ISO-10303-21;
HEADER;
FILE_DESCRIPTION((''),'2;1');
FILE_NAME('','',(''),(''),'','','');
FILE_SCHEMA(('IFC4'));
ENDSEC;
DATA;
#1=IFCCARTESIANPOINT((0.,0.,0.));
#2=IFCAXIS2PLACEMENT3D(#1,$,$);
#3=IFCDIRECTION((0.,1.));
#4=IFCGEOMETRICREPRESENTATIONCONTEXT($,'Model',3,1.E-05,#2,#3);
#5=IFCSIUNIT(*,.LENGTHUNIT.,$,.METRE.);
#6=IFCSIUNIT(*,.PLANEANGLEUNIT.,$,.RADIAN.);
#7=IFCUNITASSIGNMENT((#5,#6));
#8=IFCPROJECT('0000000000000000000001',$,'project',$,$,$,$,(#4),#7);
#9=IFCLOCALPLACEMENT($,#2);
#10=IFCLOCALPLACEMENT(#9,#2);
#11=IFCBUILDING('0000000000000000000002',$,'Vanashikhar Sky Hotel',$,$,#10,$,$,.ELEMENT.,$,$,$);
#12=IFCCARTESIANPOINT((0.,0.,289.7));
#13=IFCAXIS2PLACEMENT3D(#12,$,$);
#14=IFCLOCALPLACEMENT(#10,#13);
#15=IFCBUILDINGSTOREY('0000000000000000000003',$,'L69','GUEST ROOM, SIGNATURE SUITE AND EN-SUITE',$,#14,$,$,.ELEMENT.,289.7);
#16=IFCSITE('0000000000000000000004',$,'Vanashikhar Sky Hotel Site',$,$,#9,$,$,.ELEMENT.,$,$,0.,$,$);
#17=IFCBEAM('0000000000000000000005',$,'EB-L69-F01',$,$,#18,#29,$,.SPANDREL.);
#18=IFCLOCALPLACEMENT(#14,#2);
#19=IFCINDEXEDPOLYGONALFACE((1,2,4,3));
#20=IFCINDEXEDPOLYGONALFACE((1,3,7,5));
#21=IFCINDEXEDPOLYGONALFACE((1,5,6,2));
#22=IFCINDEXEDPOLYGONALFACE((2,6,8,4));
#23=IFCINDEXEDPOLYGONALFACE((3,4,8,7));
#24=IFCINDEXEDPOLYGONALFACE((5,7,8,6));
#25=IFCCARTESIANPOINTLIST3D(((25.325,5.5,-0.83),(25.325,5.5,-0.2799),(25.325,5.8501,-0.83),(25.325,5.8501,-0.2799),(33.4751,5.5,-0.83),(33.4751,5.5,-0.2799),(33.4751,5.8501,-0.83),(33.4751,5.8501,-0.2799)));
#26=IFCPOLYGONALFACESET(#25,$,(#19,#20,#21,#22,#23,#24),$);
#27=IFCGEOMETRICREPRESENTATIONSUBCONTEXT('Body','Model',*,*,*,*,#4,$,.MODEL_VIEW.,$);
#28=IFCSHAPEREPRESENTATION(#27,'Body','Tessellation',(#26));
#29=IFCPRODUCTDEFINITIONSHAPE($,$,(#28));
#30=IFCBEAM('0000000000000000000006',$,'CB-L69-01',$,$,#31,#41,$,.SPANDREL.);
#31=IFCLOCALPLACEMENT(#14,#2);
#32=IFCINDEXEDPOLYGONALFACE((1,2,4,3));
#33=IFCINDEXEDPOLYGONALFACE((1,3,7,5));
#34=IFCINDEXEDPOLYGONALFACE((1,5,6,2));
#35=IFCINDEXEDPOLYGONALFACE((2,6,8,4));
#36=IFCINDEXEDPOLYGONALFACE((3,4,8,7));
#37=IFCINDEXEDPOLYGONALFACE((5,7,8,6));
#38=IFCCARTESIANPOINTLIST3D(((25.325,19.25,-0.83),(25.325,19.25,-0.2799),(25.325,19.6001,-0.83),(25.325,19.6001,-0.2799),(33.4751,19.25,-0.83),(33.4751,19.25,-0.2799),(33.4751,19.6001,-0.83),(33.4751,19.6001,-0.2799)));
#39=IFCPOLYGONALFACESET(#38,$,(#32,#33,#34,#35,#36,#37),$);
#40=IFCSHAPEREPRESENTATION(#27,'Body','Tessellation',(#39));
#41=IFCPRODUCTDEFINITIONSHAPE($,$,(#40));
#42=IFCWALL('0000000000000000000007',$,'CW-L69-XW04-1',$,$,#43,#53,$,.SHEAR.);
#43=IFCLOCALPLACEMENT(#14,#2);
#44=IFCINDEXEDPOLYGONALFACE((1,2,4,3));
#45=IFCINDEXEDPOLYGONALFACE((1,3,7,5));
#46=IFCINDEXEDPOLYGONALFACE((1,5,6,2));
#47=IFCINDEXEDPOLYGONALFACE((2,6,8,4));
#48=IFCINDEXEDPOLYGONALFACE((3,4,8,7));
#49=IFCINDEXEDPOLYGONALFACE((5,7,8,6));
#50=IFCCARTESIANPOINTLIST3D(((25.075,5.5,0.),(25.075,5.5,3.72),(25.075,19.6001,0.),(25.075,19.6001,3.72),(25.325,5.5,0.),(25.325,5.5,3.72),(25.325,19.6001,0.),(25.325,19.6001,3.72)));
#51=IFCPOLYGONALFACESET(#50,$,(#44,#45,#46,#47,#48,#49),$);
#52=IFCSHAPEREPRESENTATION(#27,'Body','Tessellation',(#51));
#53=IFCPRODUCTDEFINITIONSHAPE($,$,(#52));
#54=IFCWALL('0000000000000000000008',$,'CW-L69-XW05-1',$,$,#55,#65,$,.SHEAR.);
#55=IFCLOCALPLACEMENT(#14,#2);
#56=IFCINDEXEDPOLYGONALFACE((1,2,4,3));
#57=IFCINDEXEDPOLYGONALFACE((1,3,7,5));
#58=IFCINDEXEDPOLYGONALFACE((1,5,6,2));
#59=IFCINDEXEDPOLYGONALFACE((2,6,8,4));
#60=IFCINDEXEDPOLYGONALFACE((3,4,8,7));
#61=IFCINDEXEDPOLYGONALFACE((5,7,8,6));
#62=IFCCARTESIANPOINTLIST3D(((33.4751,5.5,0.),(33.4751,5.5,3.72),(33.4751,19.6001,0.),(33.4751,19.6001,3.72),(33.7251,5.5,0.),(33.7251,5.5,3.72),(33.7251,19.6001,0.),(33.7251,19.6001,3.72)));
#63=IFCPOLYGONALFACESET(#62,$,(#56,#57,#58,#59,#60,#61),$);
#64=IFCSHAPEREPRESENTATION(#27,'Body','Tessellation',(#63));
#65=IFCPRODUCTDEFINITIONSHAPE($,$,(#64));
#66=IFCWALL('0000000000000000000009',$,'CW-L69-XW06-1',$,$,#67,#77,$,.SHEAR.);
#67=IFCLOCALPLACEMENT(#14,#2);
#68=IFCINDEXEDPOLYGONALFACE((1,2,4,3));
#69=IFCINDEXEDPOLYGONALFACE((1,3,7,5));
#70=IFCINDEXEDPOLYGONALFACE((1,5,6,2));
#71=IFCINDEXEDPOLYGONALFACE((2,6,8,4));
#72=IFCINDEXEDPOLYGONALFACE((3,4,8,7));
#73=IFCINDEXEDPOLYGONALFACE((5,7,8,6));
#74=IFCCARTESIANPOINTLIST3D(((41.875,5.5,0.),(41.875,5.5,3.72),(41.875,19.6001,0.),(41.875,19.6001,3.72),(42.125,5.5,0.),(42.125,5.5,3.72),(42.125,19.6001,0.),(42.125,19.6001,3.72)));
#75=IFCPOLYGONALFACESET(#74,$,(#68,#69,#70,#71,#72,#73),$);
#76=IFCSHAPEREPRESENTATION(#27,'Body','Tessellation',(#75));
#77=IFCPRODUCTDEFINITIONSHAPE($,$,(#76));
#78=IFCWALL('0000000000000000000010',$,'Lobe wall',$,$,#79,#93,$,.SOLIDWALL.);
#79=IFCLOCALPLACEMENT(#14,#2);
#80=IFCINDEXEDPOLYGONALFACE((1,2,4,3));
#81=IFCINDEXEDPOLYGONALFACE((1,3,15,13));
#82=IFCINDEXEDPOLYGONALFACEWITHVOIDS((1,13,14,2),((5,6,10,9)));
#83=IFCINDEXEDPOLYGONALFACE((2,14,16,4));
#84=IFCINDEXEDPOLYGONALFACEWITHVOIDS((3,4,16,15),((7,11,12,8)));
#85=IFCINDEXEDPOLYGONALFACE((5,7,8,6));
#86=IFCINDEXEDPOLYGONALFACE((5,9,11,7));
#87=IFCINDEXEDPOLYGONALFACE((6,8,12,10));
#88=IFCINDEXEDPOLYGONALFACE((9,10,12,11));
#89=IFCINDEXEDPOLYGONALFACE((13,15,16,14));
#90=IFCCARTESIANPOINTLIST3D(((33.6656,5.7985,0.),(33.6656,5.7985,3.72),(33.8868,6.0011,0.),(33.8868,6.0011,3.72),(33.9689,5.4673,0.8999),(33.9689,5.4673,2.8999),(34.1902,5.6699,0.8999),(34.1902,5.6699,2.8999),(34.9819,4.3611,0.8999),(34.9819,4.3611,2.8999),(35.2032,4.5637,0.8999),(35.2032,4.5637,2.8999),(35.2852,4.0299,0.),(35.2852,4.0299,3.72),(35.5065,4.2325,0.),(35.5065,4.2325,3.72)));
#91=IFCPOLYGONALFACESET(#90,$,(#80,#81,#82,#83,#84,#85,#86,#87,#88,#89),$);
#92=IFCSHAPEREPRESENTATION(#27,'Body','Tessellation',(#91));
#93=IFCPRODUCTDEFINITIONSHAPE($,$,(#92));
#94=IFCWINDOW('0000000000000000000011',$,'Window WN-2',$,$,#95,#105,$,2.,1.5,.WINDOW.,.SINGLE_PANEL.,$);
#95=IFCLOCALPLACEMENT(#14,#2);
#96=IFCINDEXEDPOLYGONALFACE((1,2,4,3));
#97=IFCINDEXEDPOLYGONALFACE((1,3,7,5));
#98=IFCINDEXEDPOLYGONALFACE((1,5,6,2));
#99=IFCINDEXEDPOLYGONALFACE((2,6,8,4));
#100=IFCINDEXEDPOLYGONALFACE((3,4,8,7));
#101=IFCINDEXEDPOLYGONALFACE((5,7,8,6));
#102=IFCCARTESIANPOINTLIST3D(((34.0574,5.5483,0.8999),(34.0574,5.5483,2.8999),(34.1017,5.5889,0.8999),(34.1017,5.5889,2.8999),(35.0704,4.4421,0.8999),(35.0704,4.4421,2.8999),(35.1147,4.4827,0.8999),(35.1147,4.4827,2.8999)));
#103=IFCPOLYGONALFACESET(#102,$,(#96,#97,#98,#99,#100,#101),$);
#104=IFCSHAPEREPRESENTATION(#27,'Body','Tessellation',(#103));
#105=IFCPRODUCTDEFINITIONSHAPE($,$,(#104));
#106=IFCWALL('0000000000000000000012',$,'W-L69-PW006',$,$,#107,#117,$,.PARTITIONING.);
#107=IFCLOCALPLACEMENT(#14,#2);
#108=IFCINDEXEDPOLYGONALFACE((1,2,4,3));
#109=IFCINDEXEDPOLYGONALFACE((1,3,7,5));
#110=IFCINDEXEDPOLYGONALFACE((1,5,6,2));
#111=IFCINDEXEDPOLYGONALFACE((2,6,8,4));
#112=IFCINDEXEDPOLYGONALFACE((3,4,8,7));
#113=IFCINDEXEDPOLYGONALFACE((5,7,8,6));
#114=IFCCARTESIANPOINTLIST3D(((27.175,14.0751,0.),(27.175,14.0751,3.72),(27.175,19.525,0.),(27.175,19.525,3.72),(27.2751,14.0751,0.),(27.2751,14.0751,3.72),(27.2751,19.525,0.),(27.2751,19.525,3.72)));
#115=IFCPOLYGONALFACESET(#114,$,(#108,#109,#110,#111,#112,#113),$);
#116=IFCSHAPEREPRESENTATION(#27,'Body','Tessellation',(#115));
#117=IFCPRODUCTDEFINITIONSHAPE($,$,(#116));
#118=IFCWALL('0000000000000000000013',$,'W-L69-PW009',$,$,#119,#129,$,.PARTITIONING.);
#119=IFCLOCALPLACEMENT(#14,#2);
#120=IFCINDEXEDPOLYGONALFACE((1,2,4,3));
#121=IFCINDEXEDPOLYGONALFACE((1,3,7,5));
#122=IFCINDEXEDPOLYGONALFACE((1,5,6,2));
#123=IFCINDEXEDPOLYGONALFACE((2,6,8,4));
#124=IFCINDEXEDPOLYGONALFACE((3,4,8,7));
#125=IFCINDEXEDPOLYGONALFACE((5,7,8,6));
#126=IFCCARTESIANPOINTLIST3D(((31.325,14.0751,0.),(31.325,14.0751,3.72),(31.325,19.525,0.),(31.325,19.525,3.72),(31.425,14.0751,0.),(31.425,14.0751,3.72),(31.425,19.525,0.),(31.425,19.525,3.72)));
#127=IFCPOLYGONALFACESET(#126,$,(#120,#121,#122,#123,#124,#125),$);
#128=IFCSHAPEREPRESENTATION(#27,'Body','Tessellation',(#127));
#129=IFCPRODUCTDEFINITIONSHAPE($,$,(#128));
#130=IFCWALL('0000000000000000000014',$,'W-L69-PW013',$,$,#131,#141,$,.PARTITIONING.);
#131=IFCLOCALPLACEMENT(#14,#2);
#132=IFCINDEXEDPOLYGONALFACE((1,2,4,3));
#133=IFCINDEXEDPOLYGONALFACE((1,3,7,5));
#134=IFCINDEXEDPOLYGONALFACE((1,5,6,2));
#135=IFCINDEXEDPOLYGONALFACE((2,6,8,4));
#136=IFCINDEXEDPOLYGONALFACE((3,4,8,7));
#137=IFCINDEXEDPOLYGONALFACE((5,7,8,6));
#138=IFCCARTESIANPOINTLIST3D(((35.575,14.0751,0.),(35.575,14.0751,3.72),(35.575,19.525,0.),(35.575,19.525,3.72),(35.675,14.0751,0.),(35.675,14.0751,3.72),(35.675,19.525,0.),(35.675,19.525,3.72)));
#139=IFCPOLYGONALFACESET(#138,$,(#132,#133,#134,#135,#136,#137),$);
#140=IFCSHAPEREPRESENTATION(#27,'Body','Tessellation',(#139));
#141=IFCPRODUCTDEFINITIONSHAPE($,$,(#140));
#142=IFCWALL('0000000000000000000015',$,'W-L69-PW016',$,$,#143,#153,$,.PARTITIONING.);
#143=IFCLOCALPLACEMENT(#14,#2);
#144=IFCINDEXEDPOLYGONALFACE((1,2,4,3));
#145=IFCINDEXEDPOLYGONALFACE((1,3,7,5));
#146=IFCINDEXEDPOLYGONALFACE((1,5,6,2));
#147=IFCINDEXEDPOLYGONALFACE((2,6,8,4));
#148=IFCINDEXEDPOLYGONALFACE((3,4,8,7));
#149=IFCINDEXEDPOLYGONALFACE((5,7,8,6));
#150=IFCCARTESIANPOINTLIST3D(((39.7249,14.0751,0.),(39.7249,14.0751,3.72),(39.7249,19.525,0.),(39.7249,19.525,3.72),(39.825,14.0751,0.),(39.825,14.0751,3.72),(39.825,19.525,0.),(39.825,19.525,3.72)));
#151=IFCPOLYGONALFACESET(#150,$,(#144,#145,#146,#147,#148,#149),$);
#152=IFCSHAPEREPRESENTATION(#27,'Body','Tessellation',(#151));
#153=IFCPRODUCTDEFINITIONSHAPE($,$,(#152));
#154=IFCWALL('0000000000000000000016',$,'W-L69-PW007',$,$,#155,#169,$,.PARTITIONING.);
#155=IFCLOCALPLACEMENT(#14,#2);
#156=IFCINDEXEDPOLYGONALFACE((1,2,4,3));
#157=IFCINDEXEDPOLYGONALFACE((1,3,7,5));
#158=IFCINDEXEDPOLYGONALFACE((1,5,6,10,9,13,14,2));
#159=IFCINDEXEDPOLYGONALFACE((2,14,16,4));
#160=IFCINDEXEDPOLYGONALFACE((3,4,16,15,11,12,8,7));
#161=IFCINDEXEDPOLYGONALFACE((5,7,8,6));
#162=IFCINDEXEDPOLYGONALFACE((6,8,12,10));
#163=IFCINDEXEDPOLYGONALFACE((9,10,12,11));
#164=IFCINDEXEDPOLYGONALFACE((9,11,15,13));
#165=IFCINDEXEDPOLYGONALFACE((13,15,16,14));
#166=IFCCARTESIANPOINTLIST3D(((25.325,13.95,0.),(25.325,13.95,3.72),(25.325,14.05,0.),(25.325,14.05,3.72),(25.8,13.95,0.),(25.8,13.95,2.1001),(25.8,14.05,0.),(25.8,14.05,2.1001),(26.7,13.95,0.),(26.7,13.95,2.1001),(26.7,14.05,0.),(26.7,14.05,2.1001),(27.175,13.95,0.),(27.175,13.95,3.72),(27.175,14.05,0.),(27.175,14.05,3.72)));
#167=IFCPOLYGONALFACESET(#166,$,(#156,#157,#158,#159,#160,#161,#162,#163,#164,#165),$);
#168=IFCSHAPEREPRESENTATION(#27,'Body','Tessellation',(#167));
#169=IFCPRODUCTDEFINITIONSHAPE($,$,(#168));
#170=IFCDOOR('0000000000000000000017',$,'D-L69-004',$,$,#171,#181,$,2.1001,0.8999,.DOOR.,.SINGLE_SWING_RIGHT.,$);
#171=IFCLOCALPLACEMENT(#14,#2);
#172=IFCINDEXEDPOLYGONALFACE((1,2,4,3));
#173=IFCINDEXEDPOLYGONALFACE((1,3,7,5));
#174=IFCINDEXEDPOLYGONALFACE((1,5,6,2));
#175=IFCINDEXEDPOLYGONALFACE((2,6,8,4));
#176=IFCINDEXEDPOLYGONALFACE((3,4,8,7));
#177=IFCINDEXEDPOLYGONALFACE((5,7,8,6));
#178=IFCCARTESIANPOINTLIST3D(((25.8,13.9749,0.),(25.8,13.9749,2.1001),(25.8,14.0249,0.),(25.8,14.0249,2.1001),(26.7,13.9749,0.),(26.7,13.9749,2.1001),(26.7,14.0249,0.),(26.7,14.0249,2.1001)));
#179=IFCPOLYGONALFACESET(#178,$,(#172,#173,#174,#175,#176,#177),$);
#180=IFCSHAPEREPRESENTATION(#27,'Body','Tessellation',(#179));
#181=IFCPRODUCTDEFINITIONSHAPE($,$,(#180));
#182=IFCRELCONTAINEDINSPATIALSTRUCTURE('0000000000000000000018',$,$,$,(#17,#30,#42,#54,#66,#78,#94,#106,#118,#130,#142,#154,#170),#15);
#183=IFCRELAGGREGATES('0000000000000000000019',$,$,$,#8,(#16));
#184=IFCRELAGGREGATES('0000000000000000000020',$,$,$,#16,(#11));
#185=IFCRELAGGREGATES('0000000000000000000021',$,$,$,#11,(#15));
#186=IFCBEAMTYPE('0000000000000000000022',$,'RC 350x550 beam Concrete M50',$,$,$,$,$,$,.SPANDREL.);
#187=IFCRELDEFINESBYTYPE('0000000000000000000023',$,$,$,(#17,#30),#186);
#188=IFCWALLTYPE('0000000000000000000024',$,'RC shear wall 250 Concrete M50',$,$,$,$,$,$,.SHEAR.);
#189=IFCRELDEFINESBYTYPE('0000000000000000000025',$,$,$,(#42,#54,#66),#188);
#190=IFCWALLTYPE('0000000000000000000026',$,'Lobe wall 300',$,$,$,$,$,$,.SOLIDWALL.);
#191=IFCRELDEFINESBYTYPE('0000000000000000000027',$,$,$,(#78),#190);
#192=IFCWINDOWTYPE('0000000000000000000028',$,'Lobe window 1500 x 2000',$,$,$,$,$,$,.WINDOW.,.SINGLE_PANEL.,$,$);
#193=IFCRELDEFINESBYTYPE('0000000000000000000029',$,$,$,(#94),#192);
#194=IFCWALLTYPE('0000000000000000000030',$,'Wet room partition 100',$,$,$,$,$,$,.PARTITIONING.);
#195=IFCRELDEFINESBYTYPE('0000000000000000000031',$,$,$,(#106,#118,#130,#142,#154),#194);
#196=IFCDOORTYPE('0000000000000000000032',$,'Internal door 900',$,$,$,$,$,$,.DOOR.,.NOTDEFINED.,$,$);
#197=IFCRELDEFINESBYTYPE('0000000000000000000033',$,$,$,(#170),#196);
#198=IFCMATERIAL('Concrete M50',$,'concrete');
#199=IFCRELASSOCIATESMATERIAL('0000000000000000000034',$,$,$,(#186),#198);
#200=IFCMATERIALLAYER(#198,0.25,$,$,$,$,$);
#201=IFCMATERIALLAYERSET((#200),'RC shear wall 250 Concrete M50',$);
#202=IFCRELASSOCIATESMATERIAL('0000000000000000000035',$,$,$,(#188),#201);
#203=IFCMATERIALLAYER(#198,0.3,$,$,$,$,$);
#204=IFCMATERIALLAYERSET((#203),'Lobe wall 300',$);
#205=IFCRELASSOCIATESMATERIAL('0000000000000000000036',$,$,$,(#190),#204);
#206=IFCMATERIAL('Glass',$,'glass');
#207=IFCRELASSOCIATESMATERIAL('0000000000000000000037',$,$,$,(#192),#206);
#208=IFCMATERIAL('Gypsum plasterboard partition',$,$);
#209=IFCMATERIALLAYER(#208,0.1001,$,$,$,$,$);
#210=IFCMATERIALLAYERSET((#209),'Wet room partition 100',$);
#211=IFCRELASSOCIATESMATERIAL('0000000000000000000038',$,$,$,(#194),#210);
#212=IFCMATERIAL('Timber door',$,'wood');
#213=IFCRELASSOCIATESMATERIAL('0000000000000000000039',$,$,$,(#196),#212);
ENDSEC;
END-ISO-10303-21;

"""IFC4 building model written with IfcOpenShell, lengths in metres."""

from ifc_helpers import new_model, si_unit, direction, frame, frame_2d, origin, origin_2d, place, context, subcontext, project, spatial, rectangle, extrude, source, transform, mapped, material, layer, layer_set, material_profile, profile_set, type_object, element, fill, save


model = new_model("IFC4")

# Units and contexts
model_context = context("Model", 3, precision=1e-05, world=origin(), true_north=direction((0.0, 1.0)))
body_context = subcontext(model_context, "Body", "Model", "MODEL_VIEW")
ifc_project = project(units=[si_unit("LENGTHUNIT", "METRE"), si_unit("PLANEANGLEUNIT", "RADIAN")], contexts=[model_context])

# Site, building, storey
site_placement = place(None, origin())
site = spatial("IfcSite", under=ifc_project, at=site_placement, Name="Vanashikhar Sky Hotel Site", CompositionType="ELEMENT", RefElevation=0.0)
building_placement = place(site_placement, origin())
building = spatial("IfcBuilding", under=site, at=building_placement, Name="Vanashikhar Sky Hotel", CompositionType="ELEMENT")
storey_placement = place(building_placement, frame((0.0, 0.0, 289.7)))
storey = spatial("IfcBuildingStorey", under=building, at=storey_placement, Name="L69", Description="GUEST ROOM, SIGNATURE SUITE AND EN-SUITE", CompositionType="ELEMENT", Elevation=289.7)

# Beams
ifc_material_1 = material(Name="Concrete M50", Category="concrete")
ifc_material_profile = material_profile(ifc_material_1, rectangle(XDim=0.3501, YDim=0.55, at=origin_2d()))
ifc_profile_set = profile_set([ifc_material_profile], Name="RC 350x550 beam Concrete M50")
beam_type = type_object("IfcBeamType", Name="RC 350x550 beam Concrete M50", PredefinedType="SPANDREL", material=ifc_profile_set)
shared_shape_1 = source(origin(), body_context, "Body", "SweptSolid", [
    extrude(rectangle(XDim=0.3501, YDim=0.55, at=origin_2d()), origin(), (0.0, 0.0, 1.0), 8.1501),
])
for number, where, z_axis, x_axis, name in (
    (1, (25.325, 5.675, -0.5549), (1.0, 0.0, 0.0), (0.0, 1.0, 0.0), "EB-L69-F01"),
    (2, (25.325, 19.425, -0.5549), (1.0, 0.0, 0.0), (0.0, 1.0, 0.0), "CB-L69-01"),
):
    element("IfcBeam", number, at=place(storey_placement, frame(where, z_axis=z_axis, x_axis=x_axis)), inside=storey, type_object=beam_type, Name=name, PredefinedType="SPANDREL", context=body_context, shape_type="MappedRepresentation", body=[
        mapped(shared_shape_1, transform((0.0, 0.0, 0.0), scale=1.0)),
    ])

# Walls
ifc_layer_1 = layer(ifc_material_1, 0.25)
ifc_layer_set_1 = layer_set([ifc_layer_1], Name="RC shear wall 250 Concrete M50")
wall_type_1 = type_object("IfcWallType", Name="RC shear wall 250 Concrete M50", PredefinedType="SHEAR", material=ifc_layer_set_1)
shared_shape_2 = source(origin(), body_context, "Body", "SweptSolid", [
    extrude(rectangle(XDim=14.1001, YDim=0.25, at=frame_2d((7.05, 0.0))), origin(), (0.0, 0.0, 1.0), 3.72),
])
for number, where, z_axis, x_axis, name in (
    (3, (25.2, 5.5, 0.0), (0.0, 0.0, 1.0), (0.0, 1.0, 0.0), "CW-L69-XW04-1"),
    (4, (33.6001, 5.5, 0.0), (0.0, 0.0, 1.0), (0.0, 1.0, 0.0), "CW-L69-XW05-1"),
    (5, (42.0, 5.5, 0.0), (0.0, 0.0, 1.0), (0.0, 1.0, 0.0), "CW-L69-XW06-1"),
):
    element("IfcWall", number, at=place(storey_placement, frame(where, z_axis=z_axis, x_axis=x_axis)), inside=storey, type_object=wall_type_1, Name=name, PredefinedType="SHEAR", context=body_context, shape_type="MappedRepresentation", body=[
        mapped(shared_shape_2, transform((0.0, 0.0, 0.0), scale=1.0)),
    ])

# Shared definitions
ifc_material_2 = material(Name="Glass", Category="glass")

# Wall, opening, window
ifc_layer_2 = layer(ifc_material_1, 0.3)
ifc_layer_set_2 = layer_set([ifc_layer_2], Name="Lobe wall 300")
wall_type_2 = type_object("IfcWallType", Name="Lobe wall 300", PredefinedType="SOLIDWALL", material=ifc_layer_set_2)
shared_shape_3 = source(origin(), body_context, "Body", "SweptSolid", [
    extrude(rectangle(XDim=2.3982, YDim=0.3, at=frame_2d((1.1992, 0.0))), origin(), (0.0, 0.0, 1.0), 3.72),
])
wall_1_placement = place(storey_placement, frame((33.7761, 5.8999, 0.0), z_axis=(0.0, 0.0, 1.0), x_axis=(0.675374, -0.737475, 0.0)))
wall_1 = element("IfcWall", 6, at=wall_1_placement, inside=storey, type_object=wall_type_2, Name="Lobe wall", PredefinedType="SOLIDWALL", context=body_context, shape_type="MappedRepresentation", body=[
    mapped(shared_shape_3, transform((0.0, 0.0, 0.0), scale=1.0)),
])
shared_shape_4 = source(origin(), body_context, "Body", "SweptSolid", [
    extrude(rectangle(XDim=1.5, YDim=2.0, at=frame_2d((0.75, 1.0))), frame((0.0, 0.1602, 0.0), z_axis=(0.0, -1.0, 0.0), x_axis=(1.0, 0.0, 0.0)), (0.0, 0.0, 1.0), 0.3201),
])
opening_1_placement = place(wall_1_placement, frame((0.4492, 0.0, 0.8999)))
opening_1 = element("IfcOpeningElement", 7, at=opening_1_placement, cuts=wall_1, PredefinedType="OPENING", context=body_context, shape_type="MappedRepresentation", body=[
    mapped(shared_shape_4, transform((0.0, 0.0, 0.0), scale=1.0)),
])
window_type_1 = type_object("IfcWindowType", Name="Lobe window 1500 x 2000", PartitioningType="SINGLE_PANEL", PredefinedType="WINDOW", material=ifc_material_2)
shared_shape_5 = source(origin(), body_context, "Body", "SweptSolid", [
    extrude(rectangle(XDim=1.5, YDim=2.0, at=frame_2d((0.75, 1.0))), frame((0.0, 0.03, 0.0), z_axis=(0.0, -1.0, 0.0), x_axis=(1.0, 0.0, 0.0)), (0.0, 0.0, 1.0), 0.0601),
])
window_1_placement = place(opening_1_placement, origin())
window_1 = element("IfcWindow", 8, at=window_1_placement, inside=storey, type_object=window_type_1, Name="Window WN-2", OverallHeight=2.0, OverallWidth=1.5, PartitioningType="SINGLE_PANEL", PredefinedType="WINDOW", context=body_context, shape_type="MappedRepresentation", body=[
    mapped(shared_shape_5, transform((0.0, 0.0, 0.0), scale=1.0)),
])
fill(opening_1, window_1)

# Walls
ifc_material_3 = material(Name="Gypsum plasterboard partition")
ifc_layer_3 = layer(ifc_material_3, 0.1001)
ifc_layer_set_3 = layer_set([ifc_layer_3], Name="Wet room partition 100")
wall_type_3 = type_object("IfcWallType", Name="Wet room partition 100", PredefinedType="PARTITIONING", material=ifc_layer_set_3)
shared_shape_6 = source(origin(), body_context, "Body", "SweptSolid", [
    extrude(rectangle(XDim=5.45, YDim=0.1001, at=frame_2d((2.7251, 0.0))), origin(), (0.0, 0.0, 1.0), 3.72),
])
for number, where, z_axis, x_axis, name in (
    (9, (27.2251, 14.075, 0.0), (0.0, 0.0, 1.0), (0.0, 1.0, 0.0), "W-L69-PW006"),
    (10, (31.375, 14.075, 0.0), (0.0, 0.0, 1.0), (0.0, 1.0, 0.0), "W-L69-PW009"),
    (11, (35.625, 14.075, 0.0), (0.0, 0.0, 1.0), (0.0, 1.0, 0.0), "W-L69-PW013"),
    (12, (39.7749, 14.075, 0.0), (0.0, 0.0, 1.0), (0.0, 1.0, 0.0), "W-L69-PW016"),
):
    element("IfcWall", number, at=place(storey_placement, frame(where, z_axis=z_axis, x_axis=x_axis)), inside=storey, type_object=wall_type_3, Name=name, PredefinedType="PARTITIONING", context=body_context, shape_type="MappedRepresentation", body=[
        mapped(shared_shape_6, transform((0.0, 0.0, 0.0), scale=1.0)),
    ])

# Wall, opening, door
shared_shape_7 = source(origin(), body_context, "Body", "SweptSolid", [
    extrude(rectangle(XDim=1.8501, YDim=0.1001, at=frame_2d((0.925, 0.0))), origin(), (0.0, 0.0, 1.0), 3.72),
])
wall_2_placement = place(storey_placement, frame((25.325, 14.0, 0.0), z_axis=(0.0, 0.0, 1.0), x_axis=(1.0, 0.0, 0.0)))
wall_2 = element("IfcWall", 13, at=wall_2_placement, inside=storey, type_object=wall_type_3, Name="W-L69-PW007", PredefinedType="PARTITIONING", context=body_context, shape_type="MappedRepresentation", body=[
    mapped(shared_shape_7, transform((0.0, 0.0, 0.0), scale=1.0)),
])
shared_shape_8 = source(origin(), body_context, "Body", "SweptSolid", [
    extrude(rectangle(XDim=0.8999, YDim=2.1001, at=frame_2d((0.45, 1.05))), frame((0.0, 0.0601, 0.0), z_axis=(0.0, -1.0, 0.0), x_axis=(1.0, 0.0, 0.0)), (0.0, 0.0, 1.0), 0.1201),
])
opening_2_placement = place(wall_2_placement, frame((0.4751, 0.0, 0.0)))
opening_2 = element("IfcOpeningElement", 14, at=opening_2_placement, cuts=wall_2, PredefinedType="OPENING", context=body_context, shape_type="MappedRepresentation", body=[
    mapped(shared_shape_8, transform((0.0, 0.0, 0.0), scale=1.0)),
])
ifc_material_4 = material(Name="Timber door", Category="wood")
door_type_1 = type_object("IfcDoorType", Name="Internal door 900", OperationType="NOTDEFINED", PredefinedType="DOOR", material=ifc_material_4)
shared_shape_9 = source(origin(), body_context, "Body", "SweptSolid", [
    extrude(rectangle(XDim=0.8999, YDim=2.1001, at=frame_2d((0.45, 1.05))), frame((0.0, 0.0249, 0.0), z_axis=(0.0, -1.0, 0.0), x_axis=(1.0, 0.0, 0.0)), (0.0, 0.0, 1.0), 0.05),
])
door_1_placement = place(opening_2_placement, origin())
door_1 = element("IfcDoor", 15, at=door_1_placement, inside=storey, type_object=door_type_1, Name="D-L69-004", OperationType="SINGLE_SWING_RIGHT", OverallHeight=2.1001, OverallWidth=0.8999, PredefinedType="DOOR", context=body_context, shape_type="MappedRepresentation", body=[
    mapped(shared_shape_9, transform((0.0, 0.0, 0.0), scale=1.0)),
])
fill(opening_2, door_1)

save(model, "model.ifc")
